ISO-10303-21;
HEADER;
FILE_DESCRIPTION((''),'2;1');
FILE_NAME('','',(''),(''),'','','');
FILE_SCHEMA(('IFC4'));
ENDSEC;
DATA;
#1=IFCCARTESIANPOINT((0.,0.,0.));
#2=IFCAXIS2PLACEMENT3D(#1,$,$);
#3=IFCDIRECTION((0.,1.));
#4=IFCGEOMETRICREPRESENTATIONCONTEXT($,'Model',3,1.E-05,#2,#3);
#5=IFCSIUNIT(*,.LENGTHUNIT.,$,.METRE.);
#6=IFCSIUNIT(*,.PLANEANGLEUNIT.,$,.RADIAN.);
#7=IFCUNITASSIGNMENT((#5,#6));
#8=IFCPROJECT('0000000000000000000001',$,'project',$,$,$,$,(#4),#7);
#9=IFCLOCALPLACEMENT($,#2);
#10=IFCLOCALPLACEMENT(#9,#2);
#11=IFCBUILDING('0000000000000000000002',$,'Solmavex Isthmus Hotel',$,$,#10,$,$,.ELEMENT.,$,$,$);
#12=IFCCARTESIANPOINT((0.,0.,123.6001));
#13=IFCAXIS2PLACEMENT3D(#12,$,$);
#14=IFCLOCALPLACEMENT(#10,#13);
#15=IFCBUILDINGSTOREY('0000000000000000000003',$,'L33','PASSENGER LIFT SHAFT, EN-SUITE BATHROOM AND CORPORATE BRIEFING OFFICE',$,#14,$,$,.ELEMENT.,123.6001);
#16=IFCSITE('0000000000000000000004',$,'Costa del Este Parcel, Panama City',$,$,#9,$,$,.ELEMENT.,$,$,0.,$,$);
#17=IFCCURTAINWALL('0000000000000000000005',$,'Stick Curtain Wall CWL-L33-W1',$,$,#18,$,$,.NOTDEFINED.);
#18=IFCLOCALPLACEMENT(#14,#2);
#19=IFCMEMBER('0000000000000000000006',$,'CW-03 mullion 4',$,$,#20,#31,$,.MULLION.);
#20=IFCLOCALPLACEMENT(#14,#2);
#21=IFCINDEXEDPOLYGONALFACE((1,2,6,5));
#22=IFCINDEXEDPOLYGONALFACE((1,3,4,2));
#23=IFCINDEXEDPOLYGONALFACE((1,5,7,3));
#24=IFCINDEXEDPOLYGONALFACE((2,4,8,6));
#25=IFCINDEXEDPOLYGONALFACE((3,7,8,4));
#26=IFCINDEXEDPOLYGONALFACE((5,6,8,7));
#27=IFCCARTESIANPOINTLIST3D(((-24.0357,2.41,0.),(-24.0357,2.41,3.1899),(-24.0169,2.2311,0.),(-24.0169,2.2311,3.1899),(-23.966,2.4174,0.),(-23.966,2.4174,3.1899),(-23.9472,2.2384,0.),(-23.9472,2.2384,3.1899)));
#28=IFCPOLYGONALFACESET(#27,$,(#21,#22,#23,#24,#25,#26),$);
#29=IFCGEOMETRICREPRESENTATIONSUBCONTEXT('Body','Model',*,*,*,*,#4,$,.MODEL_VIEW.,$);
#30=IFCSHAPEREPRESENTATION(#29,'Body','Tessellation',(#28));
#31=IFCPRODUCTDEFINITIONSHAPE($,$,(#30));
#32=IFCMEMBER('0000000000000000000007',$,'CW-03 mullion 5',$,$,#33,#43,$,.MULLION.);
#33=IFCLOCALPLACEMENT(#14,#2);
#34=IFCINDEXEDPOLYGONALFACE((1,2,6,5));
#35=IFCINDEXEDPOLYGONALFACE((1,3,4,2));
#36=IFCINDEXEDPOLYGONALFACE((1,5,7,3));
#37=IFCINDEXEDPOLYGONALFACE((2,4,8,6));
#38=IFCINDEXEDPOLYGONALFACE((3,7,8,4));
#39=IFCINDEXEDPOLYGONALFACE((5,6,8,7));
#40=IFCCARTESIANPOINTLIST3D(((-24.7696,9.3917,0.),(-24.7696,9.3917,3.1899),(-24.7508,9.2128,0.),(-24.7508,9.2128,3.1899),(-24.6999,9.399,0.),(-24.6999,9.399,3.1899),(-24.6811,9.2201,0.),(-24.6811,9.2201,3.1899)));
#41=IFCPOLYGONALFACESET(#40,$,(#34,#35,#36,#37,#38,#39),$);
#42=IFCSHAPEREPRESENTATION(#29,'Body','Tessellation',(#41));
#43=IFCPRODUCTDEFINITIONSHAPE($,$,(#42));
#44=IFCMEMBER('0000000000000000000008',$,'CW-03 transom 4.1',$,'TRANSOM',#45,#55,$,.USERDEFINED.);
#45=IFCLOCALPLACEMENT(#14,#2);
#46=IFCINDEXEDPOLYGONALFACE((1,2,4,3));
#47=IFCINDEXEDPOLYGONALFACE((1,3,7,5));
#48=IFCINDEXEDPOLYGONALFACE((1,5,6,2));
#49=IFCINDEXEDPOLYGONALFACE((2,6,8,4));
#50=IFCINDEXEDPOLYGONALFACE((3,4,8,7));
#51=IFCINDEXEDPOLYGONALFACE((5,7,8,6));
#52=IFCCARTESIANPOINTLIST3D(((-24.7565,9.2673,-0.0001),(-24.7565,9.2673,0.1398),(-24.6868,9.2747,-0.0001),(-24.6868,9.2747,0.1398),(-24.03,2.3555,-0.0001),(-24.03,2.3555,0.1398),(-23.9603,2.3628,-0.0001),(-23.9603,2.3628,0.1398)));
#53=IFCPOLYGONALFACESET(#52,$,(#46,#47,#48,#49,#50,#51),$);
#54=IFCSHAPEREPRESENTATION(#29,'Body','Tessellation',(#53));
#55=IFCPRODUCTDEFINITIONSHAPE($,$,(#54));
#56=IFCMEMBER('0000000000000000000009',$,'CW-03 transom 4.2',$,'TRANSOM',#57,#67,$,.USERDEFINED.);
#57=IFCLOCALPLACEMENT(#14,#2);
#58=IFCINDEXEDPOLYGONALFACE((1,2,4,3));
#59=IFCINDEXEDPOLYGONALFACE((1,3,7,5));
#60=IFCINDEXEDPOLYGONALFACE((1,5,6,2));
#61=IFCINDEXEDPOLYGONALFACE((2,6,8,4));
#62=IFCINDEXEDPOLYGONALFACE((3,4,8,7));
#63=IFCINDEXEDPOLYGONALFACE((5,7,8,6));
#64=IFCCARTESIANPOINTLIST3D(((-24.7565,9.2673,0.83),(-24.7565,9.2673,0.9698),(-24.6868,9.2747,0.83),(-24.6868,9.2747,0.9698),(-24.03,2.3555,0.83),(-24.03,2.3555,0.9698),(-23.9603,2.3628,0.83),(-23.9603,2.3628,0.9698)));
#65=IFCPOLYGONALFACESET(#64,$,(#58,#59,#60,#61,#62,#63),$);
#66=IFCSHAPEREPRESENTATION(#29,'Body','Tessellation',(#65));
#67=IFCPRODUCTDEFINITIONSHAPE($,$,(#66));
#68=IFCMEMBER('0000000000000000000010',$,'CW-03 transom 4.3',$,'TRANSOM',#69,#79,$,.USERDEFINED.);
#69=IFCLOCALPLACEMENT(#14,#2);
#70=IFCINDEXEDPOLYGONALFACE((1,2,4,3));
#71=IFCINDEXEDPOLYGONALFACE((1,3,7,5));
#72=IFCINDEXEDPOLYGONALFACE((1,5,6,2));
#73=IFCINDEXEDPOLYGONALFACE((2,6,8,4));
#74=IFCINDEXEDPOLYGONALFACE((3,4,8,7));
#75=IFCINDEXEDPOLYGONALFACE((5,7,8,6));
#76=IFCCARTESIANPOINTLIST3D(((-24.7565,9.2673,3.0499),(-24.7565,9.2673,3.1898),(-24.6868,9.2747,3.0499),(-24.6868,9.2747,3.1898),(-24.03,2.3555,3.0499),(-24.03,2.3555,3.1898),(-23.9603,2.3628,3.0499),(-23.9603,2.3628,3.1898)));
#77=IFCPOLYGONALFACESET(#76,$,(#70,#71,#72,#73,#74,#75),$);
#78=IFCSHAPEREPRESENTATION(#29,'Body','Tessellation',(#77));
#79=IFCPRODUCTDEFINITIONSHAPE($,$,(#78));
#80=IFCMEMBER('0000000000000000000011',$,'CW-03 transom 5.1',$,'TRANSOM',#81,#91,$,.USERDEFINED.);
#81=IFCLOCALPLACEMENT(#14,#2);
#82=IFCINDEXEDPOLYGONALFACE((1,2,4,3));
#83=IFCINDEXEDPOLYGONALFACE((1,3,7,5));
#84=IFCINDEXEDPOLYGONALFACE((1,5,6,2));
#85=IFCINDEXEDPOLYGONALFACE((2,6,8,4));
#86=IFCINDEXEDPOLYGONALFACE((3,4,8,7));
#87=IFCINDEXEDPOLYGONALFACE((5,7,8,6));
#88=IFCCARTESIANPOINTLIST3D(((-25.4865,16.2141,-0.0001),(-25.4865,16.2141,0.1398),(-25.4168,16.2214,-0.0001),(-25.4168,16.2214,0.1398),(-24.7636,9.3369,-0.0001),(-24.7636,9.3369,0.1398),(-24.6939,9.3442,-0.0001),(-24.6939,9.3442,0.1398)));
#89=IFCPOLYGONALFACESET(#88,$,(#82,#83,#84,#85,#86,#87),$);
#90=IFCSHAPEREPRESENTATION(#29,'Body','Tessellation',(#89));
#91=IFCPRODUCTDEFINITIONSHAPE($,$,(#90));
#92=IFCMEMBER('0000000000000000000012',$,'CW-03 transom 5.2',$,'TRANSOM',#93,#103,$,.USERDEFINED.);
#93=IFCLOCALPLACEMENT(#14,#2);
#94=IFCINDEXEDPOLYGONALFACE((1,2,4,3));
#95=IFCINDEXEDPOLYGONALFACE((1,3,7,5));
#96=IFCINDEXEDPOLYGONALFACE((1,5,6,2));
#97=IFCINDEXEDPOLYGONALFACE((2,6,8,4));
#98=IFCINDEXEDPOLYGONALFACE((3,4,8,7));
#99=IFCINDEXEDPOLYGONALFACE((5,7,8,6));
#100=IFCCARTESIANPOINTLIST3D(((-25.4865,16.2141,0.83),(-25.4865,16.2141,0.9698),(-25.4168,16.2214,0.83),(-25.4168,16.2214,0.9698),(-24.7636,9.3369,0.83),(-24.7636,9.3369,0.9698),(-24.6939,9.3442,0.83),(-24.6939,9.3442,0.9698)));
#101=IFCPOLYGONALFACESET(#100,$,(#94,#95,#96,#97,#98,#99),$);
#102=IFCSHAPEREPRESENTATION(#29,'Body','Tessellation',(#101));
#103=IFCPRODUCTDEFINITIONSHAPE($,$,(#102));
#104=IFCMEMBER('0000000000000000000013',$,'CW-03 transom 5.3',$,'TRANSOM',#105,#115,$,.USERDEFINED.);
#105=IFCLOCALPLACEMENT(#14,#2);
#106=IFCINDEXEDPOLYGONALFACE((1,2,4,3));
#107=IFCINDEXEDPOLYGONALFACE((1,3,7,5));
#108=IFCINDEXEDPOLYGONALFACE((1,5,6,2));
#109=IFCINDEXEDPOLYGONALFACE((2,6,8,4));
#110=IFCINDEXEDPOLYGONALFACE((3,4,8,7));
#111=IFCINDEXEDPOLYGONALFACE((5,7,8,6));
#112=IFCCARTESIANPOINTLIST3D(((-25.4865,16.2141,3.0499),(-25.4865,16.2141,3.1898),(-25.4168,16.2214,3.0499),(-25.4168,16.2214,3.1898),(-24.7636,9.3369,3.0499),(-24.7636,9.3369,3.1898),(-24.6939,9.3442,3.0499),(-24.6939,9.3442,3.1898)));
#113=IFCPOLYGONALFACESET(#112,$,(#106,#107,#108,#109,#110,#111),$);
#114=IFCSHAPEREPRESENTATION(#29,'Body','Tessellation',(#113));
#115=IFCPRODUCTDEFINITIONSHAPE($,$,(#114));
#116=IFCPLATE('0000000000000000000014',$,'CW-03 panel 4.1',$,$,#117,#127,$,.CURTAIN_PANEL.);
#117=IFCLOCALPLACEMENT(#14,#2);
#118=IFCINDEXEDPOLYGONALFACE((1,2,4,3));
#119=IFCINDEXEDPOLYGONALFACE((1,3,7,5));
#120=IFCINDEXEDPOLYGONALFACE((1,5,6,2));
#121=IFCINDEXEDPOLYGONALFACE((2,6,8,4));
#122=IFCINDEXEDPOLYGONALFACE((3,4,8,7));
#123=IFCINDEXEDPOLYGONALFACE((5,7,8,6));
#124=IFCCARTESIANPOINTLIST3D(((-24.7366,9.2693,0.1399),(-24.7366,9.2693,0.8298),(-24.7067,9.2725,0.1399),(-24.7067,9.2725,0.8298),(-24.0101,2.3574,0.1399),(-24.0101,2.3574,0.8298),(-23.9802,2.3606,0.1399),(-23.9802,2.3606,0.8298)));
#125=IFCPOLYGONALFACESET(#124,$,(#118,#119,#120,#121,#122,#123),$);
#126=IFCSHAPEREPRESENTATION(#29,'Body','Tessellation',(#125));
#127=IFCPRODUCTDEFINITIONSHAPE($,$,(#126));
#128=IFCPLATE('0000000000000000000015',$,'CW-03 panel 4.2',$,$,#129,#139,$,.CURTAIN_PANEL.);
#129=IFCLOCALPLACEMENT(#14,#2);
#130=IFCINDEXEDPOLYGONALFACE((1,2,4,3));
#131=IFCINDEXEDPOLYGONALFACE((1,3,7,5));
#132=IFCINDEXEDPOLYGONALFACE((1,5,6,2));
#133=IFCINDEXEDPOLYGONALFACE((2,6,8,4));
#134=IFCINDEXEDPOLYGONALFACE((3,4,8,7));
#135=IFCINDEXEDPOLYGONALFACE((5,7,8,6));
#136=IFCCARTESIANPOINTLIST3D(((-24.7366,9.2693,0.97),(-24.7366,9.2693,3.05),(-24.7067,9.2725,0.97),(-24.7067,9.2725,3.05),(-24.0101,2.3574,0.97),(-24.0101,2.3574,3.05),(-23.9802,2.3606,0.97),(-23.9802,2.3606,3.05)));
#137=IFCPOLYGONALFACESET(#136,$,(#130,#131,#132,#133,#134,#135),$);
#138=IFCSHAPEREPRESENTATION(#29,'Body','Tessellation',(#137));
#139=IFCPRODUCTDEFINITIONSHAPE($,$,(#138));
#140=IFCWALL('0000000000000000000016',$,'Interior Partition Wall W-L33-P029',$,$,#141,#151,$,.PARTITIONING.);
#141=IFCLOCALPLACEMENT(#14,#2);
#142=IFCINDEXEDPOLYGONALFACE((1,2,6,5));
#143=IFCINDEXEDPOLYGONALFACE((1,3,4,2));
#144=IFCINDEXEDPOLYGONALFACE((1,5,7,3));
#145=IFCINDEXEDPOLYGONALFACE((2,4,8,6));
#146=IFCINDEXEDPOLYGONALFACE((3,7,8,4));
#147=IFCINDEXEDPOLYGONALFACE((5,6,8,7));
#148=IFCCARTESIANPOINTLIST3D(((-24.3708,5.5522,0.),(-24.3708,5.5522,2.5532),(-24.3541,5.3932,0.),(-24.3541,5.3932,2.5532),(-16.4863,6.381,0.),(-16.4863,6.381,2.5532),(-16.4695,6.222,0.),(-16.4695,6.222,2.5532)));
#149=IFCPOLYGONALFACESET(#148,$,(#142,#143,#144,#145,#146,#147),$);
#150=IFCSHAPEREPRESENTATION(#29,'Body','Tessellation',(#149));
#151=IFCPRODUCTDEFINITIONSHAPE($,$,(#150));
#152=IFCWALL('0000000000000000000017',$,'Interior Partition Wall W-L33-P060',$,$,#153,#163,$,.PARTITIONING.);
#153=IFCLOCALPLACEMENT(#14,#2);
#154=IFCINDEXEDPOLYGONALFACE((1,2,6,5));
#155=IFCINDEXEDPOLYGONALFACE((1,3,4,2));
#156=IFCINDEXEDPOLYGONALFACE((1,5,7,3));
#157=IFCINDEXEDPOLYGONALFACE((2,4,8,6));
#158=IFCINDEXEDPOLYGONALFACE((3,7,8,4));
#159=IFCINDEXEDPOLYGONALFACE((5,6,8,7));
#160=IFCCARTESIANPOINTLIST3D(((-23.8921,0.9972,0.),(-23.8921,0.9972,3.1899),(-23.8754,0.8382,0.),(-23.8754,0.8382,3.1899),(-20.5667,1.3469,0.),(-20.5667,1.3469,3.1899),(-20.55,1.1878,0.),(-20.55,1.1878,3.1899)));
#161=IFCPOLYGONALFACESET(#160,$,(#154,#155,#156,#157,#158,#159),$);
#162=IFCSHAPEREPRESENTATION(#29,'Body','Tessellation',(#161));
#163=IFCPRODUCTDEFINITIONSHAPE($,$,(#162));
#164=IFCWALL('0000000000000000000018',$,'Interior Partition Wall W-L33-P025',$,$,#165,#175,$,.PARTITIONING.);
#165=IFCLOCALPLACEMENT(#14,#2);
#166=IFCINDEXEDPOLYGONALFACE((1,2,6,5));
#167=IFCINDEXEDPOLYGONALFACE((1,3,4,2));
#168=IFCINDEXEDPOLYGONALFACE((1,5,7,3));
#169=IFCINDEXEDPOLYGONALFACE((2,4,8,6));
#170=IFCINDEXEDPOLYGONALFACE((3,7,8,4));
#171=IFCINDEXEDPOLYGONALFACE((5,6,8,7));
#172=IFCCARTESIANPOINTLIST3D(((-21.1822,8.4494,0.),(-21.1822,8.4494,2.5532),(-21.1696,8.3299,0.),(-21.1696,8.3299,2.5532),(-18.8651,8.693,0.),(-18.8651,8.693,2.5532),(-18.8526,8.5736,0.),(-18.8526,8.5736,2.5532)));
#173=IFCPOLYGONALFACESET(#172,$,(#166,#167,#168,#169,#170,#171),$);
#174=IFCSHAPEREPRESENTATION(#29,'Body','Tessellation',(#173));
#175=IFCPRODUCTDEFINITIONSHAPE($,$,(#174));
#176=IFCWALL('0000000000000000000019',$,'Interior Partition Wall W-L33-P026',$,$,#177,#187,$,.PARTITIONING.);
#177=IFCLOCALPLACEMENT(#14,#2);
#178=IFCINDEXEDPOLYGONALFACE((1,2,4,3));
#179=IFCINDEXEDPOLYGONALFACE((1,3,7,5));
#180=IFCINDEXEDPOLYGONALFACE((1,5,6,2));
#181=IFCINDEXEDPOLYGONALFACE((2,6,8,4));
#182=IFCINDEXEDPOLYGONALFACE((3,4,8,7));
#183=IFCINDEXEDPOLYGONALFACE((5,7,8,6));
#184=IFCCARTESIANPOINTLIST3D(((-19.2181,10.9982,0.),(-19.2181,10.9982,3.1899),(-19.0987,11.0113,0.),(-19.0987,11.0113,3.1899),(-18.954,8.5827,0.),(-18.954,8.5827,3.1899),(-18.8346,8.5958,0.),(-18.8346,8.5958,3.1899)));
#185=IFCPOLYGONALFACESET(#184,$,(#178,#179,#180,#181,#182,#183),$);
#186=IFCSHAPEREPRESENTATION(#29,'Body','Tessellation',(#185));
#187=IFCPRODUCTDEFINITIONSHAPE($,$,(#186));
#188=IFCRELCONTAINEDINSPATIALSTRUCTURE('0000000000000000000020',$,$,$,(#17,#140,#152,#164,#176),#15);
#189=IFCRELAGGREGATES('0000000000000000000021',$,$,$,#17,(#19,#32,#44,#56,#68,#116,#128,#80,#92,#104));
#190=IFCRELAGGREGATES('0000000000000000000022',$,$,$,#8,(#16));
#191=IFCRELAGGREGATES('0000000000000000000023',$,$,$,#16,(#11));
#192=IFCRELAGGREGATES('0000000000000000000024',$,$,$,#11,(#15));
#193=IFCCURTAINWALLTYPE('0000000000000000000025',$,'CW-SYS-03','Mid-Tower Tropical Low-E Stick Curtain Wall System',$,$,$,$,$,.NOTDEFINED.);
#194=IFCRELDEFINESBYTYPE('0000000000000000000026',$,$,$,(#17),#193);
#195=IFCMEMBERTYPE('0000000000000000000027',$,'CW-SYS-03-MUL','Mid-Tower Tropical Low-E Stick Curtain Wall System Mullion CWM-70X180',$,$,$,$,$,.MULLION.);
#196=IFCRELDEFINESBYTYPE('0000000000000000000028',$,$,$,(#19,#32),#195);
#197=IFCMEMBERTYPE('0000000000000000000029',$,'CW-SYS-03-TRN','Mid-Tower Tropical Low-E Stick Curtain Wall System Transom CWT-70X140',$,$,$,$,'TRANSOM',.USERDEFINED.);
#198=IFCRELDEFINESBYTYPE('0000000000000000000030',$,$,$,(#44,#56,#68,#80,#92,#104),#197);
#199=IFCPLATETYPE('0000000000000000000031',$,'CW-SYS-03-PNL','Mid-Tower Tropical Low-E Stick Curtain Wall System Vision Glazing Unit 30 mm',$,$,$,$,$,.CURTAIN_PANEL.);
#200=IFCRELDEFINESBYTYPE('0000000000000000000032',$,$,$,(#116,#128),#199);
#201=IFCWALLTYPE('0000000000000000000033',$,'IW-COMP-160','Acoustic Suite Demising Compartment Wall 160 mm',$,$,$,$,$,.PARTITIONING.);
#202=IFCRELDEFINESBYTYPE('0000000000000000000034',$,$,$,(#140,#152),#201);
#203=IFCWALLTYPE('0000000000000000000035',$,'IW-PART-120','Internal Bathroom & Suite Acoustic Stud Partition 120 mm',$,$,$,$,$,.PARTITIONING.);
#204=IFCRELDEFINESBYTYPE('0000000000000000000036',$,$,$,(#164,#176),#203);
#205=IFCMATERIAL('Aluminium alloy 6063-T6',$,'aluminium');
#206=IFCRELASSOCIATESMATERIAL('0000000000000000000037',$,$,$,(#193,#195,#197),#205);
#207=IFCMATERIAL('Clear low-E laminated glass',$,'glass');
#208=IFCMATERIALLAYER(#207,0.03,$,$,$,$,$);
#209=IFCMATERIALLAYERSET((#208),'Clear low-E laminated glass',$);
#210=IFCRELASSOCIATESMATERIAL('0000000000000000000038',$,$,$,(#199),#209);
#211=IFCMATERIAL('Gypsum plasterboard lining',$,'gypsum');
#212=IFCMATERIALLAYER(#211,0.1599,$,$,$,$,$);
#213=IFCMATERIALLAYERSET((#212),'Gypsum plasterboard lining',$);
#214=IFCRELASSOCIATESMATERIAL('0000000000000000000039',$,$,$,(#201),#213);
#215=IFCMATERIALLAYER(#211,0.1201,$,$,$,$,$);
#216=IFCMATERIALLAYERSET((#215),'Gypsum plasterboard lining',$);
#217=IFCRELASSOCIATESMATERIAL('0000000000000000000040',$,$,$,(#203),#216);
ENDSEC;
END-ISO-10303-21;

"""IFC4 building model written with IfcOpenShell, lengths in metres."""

from ifc_helpers import new_model, si_unit, direction, frame, frame_2d, origin, origin_2d, place, context, subcontext, project, spatial, rectangle, extrude, material, layer, layer_set, material_profile, profile_set, type_object, element, aggregate, save


model = new_model("IFC4")

# Units and contexts
model_context = context("Model", 3, precision=1e-05, world=origin(), true_north=direction((0.0, 1.0)))
body_context = subcontext(model_context, "Body", "Model", "MODEL_VIEW")
ifc_project = project(units=[si_unit("LENGTHUNIT", "METRE"), si_unit("PLANEANGLEUNIT", "RADIAN")], contexts=[model_context])

# Site, building, storey
site_placement = place(None, origin())
site = spatial("IfcSite", under=ifc_project, at=site_placement, Name="Costa del Este Parcel, Panama City", CompositionType="ELEMENT", RefElevation=0.0)
building_placement = place(site_placement, origin())
building = spatial("IfcBuilding", under=site, at=building_placement, Name="Solmavex Isthmus Hotel", CompositionType="ELEMENT")
storey_placement = place(building_placement, frame((0.0, 0.0, 123.6001)))
storey = spatial("IfcBuildingStorey", under=building, at=storey_placement, Name="L33", Description="PASSENGER LIFT SHAFT, EN-SUITE BATHROOM AND CORPORATE BRIEFING OFFICE", CompositionType="ELEMENT", Elevation=123.6001)

# Curtain wall, members, plates
ifc_material_1 = material(Name="Aluminium alloy 6063-T6", Category="aluminium")
curtain_wall_type = type_object("IfcCurtainWallType", Name="CW-SYS-03", Description="Mid-Tower Tropical Low-E Stick Curtain Wall System", PredefinedType="NOTDEFINED", material=ifc_material_1)
curtain_wall_placement = place(storey_placement, origin())
curtain_wall = element("IfcCurtainWall", 1, at=curtain_wall_placement, inside=storey, type_object=curtain_wall_type, Name="Stick Curtain Wall CWL-L33-W1", PredefinedType="NOTDEFINED")
ifc_material_profile_1 = material_profile(ifc_material_1, rectangle(XDim=0.0701, YDim=0.1799, at=origin_2d()), Name="CWM-70X180")
ifc_profile_set_1 = profile_set([ifc_material_profile_1], Name="Aluminium alloy 6063-T6")
member_type_1 = type_object("IfcMemberType", Name="CW-SYS-03-MUL", Description="Mid-Tower Tropical Low-E Stick Curtain Wall System Mullion CWM-70X180", PredefinedType="MULLION", material=ifc_profile_set_1)
member_1_placement = place(storey_placement, frame((-23.9915, 2.3242, 0.0), z_axis=(0.0, 0.0, 1.0), x_axis=(-0.994522, -0.104528, 0.0)))
member_1 = element("IfcMember", 2, at=member_1_placement, type_object=member_type_1, Name="CW-03 mullion 4", PredefinedType="MULLION", context=body_context, shape_type="SweptSolid", body=[
    extrude(rectangle(XDim=0.0701, YDim=0.1799, at=origin_2d()), origin(), (0.0, 0.0, 1.0), 3.1899),
])
member_2_placement = place(storey_placement, frame((-24.7253, 9.3059, 0.0), z_axis=(0.0, 0.0, 1.0), x_axis=(-0.994522, -0.104528, 0.0)))
member_2 = element("IfcMember", 3, at=member_2_placement, type_object=member_type_1, Name="CW-03 mullion 5", PredefinedType="MULLION", context=body_context, shape_type="SweptSolid", body=[
    extrude(rectangle(XDim=0.0701, YDim=0.1799, at=origin_2d()), origin(), (0.0, 0.0, 1.0), 3.1899),
])
ifc_material_profile_2 = material_profile(ifc_material_1, rectangle(XDim=0.0701, YDim=0.1399, at=origin_2d()), Name="CWT-70X140")
ifc_profile_set_2 = profile_set([ifc_material_profile_2], Name="Aluminium alloy 6063-T6")
member_type_2 = type_object("IfcMemberType", Name="CW-SYS-03-TRN", Description="Mid-Tower Tropical Low-E Stick Curtain Wall System Transom CWT-70X140", ElementType="TRANSOM", PredefinedType="USERDEFINED", material=ifc_profile_set_2)
member_3_placement = place(storey_placement, frame((-23.9951, 2.3591, 0.0698), z_axis=(-0.104542, 0.99452, 0.0), x_axis=(-0.99452, -0.104542, 0.0)))
member_3 = element("IfcMember", 4, at=member_3_placement, type_object=member_type_2, Name="CW-03 transom 4.1", ObjectType="TRANSOM", PredefinedType="USERDEFINED", context=body_context, shape_type="SweptSolid", body=[
    extrude(rectangle(XDim=0.0701, YDim=0.1399, at=origin_2d()), origin(), (0.0, 0.0, 1.0), 6.95),
])
member_4_placement = place(storey_placement, frame((-23.9951, 2.3591, 0.8999), z_axis=(-0.104542, 0.99452, 0.0), x_axis=(-0.99452, -0.104542, 0.0)))
member_4 = element("IfcMember", 5, at=member_4_placement, type_object=member_type_2, Name="CW-03 transom 4.2", ObjectType="TRANSOM", PredefinedType="USERDEFINED", context=body_context, shape_type="SweptSolid", body=[
    extrude(rectangle(XDim=0.0701, YDim=0.1399, at=origin_2d()), origin(), (0.0, 0.0, 1.0), 6.95),
])
member_5_placement = place(storey_placement, frame((-23.9951, 2.3591, 3.1199), z_axis=(-0.104542, 0.99452, 0.0), x_axis=(-0.99452, -0.104542, 0.0)))
member_5 = element("IfcMember", 6, at=member_5_placement, type_object=member_type_2, Name="CW-03 transom 4.3", ObjectType="TRANSOM", PredefinedType="USERDEFINED", context=body_context, shape_type="SweptSolid", body=[
    extrude(rectangle(XDim=0.0701, YDim=0.1399, at=origin_2d()), origin(), (0.0, 0.0, 1.0), 6.95),
])
member_6_placement = place(storey_placement, frame((-24.7288, 9.3406, 0.0698), z_axis=(-0.10454, 0.994521, 0.0), x_axis=(-0.994521, -0.10454, 0.0)))
member_6 = element("IfcMember", 7, at=member_6_placement, type_object=member_type_2, Name="CW-03 transom 5.1", ObjectType="TRANSOM", PredefinedType="USERDEFINED", context=body_context, shape_type="SweptSolid", body=[
    extrude(rectangle(XDim=0.0701, YDim=0.1399, at=origin_2d()), origin(), (0.0, 0.0, 1.0), 6.915),
])
member_7_placement = place(storey_placement, frame((-24.7288, 9.3406, 0.8999), z_axis=(-0.10454, 0.994521, 0.0), x_axis=(-0.994521, -0.10454, 0.0)))
member_7 = element("IfcMember", 8, at=member_7_placement, type_object=member_type_2, Name="CW-03 transom 5.2", ObjectType="TRANSOM", PredefinedType="USERDEFINED", context=body_context, shape_type="SweptSolid", body=[
    extrude(rectangle(XDim=0.0701, YDim=0.1399, at=origin_2d()), origin(), (0.0, 0.0, 1.0), 6.915),
])
member_8_placement = place(storey_placement, frame((-24.7288, 9.3406, 3.1199), z_axis=(-0.10454, 0.994521, 0.0), x_axis=(-0.994521, -0.10454, 0.0)))
member_8 = element("IfcMember", 9, at=member_8_placement, type_object=member_type_2, Name="CW-03 transom 5.3", ObjectType="TRANSOM", PredefinedType="USERDEFINED", context=body_context, shape_type="SweptSolid", body=[
    extrude(rectangle(XDim=0.0701, YDim=0.1399, at=origin_2d()), origin(), (0.0, 0.0, 1.0), 6.915),
])
ifc_material_2 = material(Name="Clear low-E laminated glass", Category="glass")
ifc_layer_1 = layer(ifc_material_2, 0.03)
ifc_layer_set_1 = layer_set([ifc_layer_1], Name="Clear low-E laminated glass")
plate_type = type_object("IfcPlateType", Name="CW-SYS-03-PNL", Description="Mid-Tower Tropical Low-E Stick Curtain Wall System Vision Glazing Unit 30 mm", PredefinedType="CURTAIN_PANEL", material=ifc_layer_set_1)
plate_1_placement = place(storey_placement, frame((-24.3584, 5.8149, 0.1399), z_axis=(0.0, 0.0, 1.0), x_axis=(-0.104528, 0.994522, 0.0)))
plate_1 = element("IfcPlate", 10, at=plate_1_placement, type_object=plate_type, Name="CW-03 panel 4.1", PredefinedType="CURTAIN_PANEL", context=body_context, shape_type="SweptSolid", body=[
    extrude(rectangle(XDim=6.95, YDim=0.03, at=origin_2d()), origin(), (0.0, 0.0, 1.0), 0.6899),
])
plate_2_placement = place(storey_placement, frame((-24.3584, 5.8149, 0.97), z_axis=(0.0, 0.0, 1.0), x_axis=(-0.104528, 0.994522, 0.0)))
plate_2 = element("IfcPlate", 11, at=plate_2_placement, type_object=plate_type, Name="CW-03 panel 4.2", PredefinedType="CURTAIN_PANEL", context=body_context, shape_type="SweptSolid", body=[
    extrude(rectangle(XDim=6.95, YDim=0.03, at=origin_2d()), origin(), (0.0, 0.0, 1.0), 2.0801),
])
aggregate(curtain_wall, [member_1, member_2, member_3, member_4, member_5, plate_1, plate_2, member_6, member_7, member_8])

# Walls
ifc_material_3 = material(Name="Gypsum plasterboard lining", Category="gypsum")
ifc_layer_2 = layer(ifc_material_3, 0.1599)
ifc_layer_set_2 = layer_set([ifc_layer_2], Name="Gypsum plasterboard lining")
wall_type_1 = type_object("IfcWallType", Name="IW-COMP-160", Description="Acoustic Suite Demising Compartment Wall 160 mm", PredefinedType="PARTITIONING", material=ifc_layer_set_2)
wall_1_placement = place(storey_placement, frame((-16.478, 6.3015, 0.0), z_axis=(0.0, 0.0, 1.0), x_axis=(-0.99452, -0.104549, 0.0)))
element("IfcWall", 12, at=wall_1_placement, inside=storey, type_object=wall_type_1, Name="Interior Partition Wall W-L33-P029", PredefinedType="PARTITIONING", context=body_context, shape_type="SweptSolid", body=[
    extrude(rectangle(XDim=7.928, YDim=0.1599, at=frame_2d((3.9639, 0.0))), origin(), (0.0, 0.0, 1.0), 2.5532),
])
wall_2_placement = place(storey_placement, frame((-20.5583, 1.2673, 0.0), z_axis=(0.0, 0.0, 1.0), x_axis=(-0.994519, -0.104556, 0.0)))
element("IfcWall", 13, at=wall_2_placement, inside=storey, type_object=wall_type_1, Name="Interior Partition Wall W-L33-P060", PredefinedType="PARTITIONING", context=body_context, shape_type="SweptSolid", body=[
    extrude(rectangle(XDim=3.3438, YDim=0.1599, at=frame_2d((1.6719, 0.0))), origin(), (0.0, 0.0, 1.0), 3.1899),
])

# Walls
ifc_layer_3 = layer(ifc_material_3, 0.1201)
ifc_layer_set_3 = layer_set([ifc_layer_3], Name="Gypsum plasterboard lining")
wall_type_2 = type_object("IfcWallType", Name="IW-PART-120", Description="Internal Bathroom & Suite Acoustic Stud Partition 120 mm", PredefinedType="PARTITIONING", material=ifc_layer_set_3)
wall_3_placement = place(storey_placement, frame((-21.176, 8.3896, 0.0), z_axis=(0.0, 0.0, 1.0), x_axis=(0.994517, 0.104576, 0.0)))
element("IfcWall", 14, at=wall_3_placement, inside=storey, type_object=wall_type_2, Name="Interior Partition Wall W-L33-P025", PredefinedType="PARTITIONING", context=body_context, shape_type="SweptSolid", body=[
    extrude(rectangle(XDim=2.3298, YDim=0.1201, at=frame_2d((1.165, 0.0))), origin(), (0.0, 0.0, 1.0), 2.5532),
])
wall_4_placement = place(storey_placement, frame((-18.8943, 8.5894, 0.0), z_axis=(0.0, 0.0, 1.0), x_axis=(-0.108711, 0.994073, 0.0)))
element("IfcWall", 15, at=wall_4_placement, inside=storey, type_object=wall_type_2, Name="Interior Partition Wall W-L33-P026", PredefinedType="PARTITIONING", context=body_context, shape_type="SweptSolid", body=[
    extrude(rectangle(XDim=2.4299, YDim=0.1201, at=frame_2d((1.2148, 0.0))), origin(), (0.0, 0.0, 1.0), 3.1899),
])

save(model, "model.ifc")
